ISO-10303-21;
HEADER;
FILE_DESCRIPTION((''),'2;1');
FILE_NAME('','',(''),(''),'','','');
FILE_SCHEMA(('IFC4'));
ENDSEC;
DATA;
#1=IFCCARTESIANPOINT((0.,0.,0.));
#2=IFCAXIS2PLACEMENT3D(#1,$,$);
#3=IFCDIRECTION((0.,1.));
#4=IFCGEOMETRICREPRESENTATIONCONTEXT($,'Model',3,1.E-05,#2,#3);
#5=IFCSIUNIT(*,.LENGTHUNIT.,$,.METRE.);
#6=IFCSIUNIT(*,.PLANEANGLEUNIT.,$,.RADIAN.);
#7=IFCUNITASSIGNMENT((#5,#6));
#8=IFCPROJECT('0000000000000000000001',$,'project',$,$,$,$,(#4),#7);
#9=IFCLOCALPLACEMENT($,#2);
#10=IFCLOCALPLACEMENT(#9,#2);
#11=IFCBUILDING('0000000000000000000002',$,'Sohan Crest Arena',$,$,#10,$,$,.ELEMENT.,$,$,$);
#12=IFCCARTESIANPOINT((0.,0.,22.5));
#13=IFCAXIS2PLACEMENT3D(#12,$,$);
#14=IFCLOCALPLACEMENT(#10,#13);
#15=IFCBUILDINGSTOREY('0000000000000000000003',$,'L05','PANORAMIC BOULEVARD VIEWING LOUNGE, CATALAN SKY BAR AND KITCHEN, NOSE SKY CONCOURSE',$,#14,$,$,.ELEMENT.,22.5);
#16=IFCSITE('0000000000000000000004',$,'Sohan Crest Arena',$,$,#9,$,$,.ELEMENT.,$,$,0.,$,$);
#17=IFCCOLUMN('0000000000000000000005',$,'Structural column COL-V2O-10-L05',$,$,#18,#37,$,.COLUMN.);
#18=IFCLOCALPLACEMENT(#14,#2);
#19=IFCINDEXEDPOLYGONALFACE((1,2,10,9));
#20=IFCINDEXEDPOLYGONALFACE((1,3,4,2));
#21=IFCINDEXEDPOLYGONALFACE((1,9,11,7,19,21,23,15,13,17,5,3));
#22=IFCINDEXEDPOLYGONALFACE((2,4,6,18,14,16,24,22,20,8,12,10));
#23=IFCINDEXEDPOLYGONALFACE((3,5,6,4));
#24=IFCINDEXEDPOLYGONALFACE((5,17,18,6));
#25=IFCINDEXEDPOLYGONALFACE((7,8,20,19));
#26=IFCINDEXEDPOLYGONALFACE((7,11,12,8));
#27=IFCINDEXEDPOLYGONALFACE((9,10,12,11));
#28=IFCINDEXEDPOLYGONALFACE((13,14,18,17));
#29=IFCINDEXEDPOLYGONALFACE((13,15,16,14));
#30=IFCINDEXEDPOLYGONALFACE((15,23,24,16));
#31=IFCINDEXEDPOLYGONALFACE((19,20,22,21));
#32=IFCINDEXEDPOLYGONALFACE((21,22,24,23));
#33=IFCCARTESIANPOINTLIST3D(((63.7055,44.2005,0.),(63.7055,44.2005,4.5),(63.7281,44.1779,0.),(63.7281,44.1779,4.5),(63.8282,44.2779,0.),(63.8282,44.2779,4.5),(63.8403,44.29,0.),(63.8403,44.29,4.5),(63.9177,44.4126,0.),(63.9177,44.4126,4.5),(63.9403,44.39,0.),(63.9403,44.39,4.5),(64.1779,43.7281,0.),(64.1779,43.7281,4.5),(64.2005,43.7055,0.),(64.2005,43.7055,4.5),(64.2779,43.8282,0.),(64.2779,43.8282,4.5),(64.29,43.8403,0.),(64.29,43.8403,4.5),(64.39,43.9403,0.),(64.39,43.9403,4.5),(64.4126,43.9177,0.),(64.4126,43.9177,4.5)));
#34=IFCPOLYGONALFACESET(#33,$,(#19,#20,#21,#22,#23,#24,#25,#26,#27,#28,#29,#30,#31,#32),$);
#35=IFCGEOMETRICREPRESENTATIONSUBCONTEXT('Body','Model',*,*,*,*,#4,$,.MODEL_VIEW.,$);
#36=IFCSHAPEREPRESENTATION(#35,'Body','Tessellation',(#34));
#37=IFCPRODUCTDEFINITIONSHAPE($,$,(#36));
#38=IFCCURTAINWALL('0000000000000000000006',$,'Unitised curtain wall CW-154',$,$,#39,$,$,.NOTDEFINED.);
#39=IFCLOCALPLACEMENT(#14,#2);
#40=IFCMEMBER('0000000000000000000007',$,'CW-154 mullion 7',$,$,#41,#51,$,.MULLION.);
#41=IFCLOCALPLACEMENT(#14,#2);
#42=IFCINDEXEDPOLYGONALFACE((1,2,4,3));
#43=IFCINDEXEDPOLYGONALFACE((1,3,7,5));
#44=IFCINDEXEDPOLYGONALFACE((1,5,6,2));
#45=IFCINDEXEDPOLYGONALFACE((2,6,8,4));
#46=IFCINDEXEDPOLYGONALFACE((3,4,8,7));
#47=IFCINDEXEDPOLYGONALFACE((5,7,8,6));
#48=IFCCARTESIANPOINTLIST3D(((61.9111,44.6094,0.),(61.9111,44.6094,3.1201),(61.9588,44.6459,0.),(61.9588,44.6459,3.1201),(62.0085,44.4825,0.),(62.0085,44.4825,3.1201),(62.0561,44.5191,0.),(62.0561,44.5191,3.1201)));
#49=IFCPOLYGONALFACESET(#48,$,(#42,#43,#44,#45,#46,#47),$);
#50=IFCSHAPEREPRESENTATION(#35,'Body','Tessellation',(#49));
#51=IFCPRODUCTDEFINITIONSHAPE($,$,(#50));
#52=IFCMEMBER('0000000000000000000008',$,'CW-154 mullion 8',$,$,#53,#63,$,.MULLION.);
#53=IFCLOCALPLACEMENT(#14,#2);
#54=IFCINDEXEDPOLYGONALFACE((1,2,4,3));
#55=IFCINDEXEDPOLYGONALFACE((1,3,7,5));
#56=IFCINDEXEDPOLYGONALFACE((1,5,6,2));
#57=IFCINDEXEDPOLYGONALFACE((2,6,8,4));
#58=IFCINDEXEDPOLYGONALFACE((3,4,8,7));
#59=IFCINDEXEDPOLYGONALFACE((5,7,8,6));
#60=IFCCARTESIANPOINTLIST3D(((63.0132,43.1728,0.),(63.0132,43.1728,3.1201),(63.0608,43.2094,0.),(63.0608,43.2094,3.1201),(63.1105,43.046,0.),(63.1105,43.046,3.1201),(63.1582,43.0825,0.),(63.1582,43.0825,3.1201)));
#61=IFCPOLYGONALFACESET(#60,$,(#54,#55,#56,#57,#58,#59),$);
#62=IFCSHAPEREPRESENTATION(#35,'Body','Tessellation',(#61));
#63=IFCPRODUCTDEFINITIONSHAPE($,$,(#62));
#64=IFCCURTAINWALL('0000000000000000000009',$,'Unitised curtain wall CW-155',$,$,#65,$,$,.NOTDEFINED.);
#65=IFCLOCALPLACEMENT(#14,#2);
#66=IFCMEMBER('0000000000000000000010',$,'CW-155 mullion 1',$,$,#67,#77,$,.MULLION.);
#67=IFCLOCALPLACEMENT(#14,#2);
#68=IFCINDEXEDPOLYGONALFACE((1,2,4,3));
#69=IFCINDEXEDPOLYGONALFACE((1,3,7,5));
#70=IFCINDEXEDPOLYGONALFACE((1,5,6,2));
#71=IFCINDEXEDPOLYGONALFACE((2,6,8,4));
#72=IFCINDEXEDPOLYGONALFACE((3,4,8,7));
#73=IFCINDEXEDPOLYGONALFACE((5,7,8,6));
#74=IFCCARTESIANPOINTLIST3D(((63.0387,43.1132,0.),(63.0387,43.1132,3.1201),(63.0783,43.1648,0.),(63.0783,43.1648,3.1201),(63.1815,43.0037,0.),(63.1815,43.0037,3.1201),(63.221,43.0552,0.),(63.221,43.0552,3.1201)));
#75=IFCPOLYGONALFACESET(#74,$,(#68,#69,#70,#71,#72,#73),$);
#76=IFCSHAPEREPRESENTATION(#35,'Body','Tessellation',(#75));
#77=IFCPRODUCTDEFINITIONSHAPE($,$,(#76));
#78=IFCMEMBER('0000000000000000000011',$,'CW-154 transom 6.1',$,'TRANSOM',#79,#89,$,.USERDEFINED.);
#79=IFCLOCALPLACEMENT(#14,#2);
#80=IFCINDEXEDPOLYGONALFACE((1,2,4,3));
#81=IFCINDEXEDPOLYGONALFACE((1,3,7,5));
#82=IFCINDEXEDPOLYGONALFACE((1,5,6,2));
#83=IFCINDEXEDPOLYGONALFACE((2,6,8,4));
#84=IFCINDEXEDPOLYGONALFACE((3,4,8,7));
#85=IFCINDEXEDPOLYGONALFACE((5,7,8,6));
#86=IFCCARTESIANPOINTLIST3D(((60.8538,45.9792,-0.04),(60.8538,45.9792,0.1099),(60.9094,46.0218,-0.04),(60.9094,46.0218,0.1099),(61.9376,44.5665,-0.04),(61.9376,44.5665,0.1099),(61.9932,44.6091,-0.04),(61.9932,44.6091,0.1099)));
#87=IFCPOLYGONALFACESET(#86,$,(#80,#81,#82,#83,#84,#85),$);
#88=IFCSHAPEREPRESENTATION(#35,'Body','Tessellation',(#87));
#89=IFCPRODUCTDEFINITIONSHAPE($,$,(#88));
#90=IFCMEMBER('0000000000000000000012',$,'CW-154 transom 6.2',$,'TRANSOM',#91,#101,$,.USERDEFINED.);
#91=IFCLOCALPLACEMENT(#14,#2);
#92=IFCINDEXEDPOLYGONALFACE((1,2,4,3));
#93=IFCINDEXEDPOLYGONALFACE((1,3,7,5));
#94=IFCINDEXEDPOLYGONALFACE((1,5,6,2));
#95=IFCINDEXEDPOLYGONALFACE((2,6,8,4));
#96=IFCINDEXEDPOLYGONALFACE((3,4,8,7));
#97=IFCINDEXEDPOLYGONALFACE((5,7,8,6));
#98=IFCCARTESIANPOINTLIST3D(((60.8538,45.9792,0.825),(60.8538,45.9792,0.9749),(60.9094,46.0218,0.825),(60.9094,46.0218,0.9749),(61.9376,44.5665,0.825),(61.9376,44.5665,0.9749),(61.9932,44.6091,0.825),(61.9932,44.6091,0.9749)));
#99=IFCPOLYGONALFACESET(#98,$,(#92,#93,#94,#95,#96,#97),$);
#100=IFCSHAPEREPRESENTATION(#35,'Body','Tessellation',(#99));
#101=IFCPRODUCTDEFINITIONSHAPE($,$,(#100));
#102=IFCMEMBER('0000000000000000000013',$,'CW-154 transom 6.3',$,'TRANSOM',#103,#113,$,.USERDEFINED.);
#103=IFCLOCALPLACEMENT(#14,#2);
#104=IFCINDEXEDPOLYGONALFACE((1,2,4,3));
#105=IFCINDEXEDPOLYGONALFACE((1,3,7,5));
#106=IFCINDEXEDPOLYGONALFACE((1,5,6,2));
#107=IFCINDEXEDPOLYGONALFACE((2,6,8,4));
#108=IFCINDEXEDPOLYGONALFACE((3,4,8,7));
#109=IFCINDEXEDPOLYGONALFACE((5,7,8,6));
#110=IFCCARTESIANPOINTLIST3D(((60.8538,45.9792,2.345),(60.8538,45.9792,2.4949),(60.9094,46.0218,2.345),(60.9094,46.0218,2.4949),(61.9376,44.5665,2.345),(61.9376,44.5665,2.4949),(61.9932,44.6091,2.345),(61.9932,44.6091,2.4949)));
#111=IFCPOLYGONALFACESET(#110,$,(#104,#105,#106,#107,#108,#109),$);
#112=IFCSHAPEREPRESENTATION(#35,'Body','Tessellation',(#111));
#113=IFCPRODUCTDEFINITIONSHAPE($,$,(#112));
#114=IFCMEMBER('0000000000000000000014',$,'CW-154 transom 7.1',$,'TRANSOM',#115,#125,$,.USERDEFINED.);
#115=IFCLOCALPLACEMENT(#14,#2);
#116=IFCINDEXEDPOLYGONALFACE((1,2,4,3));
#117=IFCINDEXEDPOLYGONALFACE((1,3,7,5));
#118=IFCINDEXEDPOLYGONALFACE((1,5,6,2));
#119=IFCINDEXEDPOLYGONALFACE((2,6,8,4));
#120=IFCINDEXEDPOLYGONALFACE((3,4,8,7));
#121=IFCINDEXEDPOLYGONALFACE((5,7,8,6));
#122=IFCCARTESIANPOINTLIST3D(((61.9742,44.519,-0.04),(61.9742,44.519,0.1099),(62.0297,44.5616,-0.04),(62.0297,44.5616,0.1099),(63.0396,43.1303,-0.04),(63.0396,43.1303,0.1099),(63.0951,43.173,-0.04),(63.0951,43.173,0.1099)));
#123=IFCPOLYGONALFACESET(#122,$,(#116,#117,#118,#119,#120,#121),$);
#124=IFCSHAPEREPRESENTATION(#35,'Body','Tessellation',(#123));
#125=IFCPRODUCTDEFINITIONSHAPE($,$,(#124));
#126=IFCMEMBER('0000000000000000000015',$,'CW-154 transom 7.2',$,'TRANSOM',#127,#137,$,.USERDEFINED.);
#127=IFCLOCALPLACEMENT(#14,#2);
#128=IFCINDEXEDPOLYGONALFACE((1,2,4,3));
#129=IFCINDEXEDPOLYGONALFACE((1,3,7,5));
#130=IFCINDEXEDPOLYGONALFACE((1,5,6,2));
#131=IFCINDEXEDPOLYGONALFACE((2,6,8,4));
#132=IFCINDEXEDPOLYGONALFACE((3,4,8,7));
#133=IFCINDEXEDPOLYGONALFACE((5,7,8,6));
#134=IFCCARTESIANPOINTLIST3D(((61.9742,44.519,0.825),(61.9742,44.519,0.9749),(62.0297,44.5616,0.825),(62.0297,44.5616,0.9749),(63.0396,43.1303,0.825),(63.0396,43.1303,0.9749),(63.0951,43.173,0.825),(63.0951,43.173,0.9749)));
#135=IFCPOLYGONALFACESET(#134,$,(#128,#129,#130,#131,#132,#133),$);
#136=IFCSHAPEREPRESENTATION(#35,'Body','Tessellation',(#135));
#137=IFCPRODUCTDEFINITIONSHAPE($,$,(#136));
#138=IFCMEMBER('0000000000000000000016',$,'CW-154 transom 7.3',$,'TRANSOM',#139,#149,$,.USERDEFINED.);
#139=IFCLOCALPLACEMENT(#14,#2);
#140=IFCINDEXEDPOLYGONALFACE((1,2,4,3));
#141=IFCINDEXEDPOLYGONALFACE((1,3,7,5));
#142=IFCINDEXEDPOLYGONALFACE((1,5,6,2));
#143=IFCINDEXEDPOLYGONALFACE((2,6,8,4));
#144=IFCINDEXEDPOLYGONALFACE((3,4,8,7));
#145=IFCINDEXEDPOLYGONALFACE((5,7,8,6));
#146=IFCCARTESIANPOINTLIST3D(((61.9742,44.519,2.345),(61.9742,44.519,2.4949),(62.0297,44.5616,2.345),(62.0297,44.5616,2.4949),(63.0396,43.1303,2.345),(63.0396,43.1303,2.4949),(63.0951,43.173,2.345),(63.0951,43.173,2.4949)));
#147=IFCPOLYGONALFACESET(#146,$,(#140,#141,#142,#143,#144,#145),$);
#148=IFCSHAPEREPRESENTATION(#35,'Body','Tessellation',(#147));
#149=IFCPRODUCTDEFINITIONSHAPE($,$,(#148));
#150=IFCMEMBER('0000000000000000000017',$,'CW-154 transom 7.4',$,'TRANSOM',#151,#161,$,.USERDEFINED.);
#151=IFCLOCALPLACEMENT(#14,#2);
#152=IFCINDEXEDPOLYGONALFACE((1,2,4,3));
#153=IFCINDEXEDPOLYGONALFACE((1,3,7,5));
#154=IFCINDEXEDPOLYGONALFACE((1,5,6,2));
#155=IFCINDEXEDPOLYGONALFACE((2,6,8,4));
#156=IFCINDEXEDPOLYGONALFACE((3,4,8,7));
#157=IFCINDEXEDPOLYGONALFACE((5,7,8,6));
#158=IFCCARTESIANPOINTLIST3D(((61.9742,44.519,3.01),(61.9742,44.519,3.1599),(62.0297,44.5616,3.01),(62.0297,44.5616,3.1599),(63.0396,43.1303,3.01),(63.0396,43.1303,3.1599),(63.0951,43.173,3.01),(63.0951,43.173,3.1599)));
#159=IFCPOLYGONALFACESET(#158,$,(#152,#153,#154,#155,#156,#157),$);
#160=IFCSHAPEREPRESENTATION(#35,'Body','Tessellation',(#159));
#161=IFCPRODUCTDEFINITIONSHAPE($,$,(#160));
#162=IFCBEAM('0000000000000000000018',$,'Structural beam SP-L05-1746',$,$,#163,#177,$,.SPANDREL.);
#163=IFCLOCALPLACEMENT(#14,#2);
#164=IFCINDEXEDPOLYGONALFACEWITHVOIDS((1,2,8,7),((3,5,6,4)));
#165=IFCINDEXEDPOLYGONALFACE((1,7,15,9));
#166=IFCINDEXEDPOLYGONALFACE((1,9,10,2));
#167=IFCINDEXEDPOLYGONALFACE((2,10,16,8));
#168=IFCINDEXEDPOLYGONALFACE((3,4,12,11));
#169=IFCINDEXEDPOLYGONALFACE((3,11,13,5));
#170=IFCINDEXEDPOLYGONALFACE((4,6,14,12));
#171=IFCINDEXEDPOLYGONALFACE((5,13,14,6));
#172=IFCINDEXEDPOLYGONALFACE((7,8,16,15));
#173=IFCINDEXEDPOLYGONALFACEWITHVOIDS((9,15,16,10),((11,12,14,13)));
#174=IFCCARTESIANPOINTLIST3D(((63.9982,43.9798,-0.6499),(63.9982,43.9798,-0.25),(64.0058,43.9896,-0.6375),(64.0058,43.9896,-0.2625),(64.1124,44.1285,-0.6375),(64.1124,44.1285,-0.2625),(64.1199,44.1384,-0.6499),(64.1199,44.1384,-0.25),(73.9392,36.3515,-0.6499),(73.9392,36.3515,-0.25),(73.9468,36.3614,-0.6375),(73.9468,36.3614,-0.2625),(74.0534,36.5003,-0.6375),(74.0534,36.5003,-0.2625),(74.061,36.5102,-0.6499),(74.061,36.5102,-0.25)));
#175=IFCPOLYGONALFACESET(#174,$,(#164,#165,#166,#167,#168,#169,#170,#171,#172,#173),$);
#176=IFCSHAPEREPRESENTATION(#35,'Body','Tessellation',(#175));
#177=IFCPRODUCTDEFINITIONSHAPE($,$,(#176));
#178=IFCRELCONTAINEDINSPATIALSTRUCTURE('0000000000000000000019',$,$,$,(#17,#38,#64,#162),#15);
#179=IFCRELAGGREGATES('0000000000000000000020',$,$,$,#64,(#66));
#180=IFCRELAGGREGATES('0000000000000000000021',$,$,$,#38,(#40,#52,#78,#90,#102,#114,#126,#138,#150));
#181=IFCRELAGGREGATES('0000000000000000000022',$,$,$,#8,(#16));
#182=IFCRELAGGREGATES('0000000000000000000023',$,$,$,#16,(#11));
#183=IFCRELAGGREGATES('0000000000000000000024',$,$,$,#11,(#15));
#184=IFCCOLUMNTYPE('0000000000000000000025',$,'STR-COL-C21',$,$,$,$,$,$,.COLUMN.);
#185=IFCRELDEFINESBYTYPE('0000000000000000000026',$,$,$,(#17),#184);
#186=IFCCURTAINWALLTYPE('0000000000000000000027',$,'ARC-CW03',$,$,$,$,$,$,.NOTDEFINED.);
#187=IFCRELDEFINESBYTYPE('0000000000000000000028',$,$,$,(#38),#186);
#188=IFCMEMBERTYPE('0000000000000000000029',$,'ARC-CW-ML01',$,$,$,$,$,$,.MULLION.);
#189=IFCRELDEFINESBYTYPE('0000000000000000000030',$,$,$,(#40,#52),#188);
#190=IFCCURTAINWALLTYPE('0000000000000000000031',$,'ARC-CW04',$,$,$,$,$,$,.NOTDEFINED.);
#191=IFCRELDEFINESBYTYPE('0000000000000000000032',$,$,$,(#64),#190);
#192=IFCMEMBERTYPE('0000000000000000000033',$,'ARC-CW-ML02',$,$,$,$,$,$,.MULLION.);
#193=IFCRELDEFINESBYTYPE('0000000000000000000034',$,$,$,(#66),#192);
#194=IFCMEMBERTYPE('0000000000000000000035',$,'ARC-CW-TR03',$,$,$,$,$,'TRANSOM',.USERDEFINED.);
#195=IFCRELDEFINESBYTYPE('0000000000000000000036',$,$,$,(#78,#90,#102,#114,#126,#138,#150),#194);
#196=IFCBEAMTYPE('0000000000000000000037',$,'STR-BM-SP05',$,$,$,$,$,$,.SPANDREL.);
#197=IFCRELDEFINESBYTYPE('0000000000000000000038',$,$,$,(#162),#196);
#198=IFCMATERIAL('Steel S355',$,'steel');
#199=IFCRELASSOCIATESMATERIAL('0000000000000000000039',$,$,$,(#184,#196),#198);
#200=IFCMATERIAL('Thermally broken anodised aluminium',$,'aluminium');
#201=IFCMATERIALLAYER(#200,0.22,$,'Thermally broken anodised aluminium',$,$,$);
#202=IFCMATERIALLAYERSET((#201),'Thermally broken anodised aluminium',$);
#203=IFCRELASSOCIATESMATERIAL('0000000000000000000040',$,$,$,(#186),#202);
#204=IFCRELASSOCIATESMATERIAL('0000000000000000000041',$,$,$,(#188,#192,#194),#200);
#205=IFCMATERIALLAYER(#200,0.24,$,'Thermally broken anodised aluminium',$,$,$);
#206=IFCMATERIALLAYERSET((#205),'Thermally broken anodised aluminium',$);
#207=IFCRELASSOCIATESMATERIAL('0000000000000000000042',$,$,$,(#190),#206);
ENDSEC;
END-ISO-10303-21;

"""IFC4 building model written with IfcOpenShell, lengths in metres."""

from ifc_helpers import new_model, si_unit, direction, frame, origin, origin_2d, place, context, subcontext, project, spatial, rectangle, hollow_rectangle, i_section, extrude, material, layer, layer_set, material_profile, profile_set, type_object, element, aggregate, save


model = new_model("IFC4")

# Units and contexts
model_context = context("Model", 3, precision=1e-05, world=origin(), true_north=direction((0.0, 1.0)))
body_context = subcontext(model_context, "Body", "Model", "MODEL_VIEW")
ifc_project = project(units=[si_unit("LENGTHUNIT", "METRE"), si_unit("PLANEANGLEUNIT", "RADIAN")], contexts=[model_context])

# Site, building, storey
site_placement = place(None, origin())
site = spatial("IfcSite", under=ifc_project, at=site_placement, Name="Sohan Crest Arena", CompositionType="ELEMENT", RefElevation=0.0)
building_placement = place(site_placement, origin())
building = spatial("IfcBuilding", under=site, at=building_placement, Name="Sohan Crest Arena", CompositionType="ELEMENT")
storey_placement = place(building_placement, frame((0.0, 0.0, 22.5)))
storey = spatial("IfcBuildingStorey", under=building, at=storey_placement, Name="L05", Description="PANORAMIC BOULEVARD VIEWING LOUNGE, CATALAN SKY BAR AND KITCHEN, NOSE SKY CONCOURSE", CompositionType="ELEMENT", Elevation=22.5)

# Column
ifc_material_1 = material(Name="Steel S355", Category="steel")
ifc_material_profile_1 = material_profile(ifc_material_1, i_section(OverallWidth=0.3, OverallDepth=0.7, WebThickness=0.0171, FlangeThickness=0.032, at=origin_2d()), Name="HEB 700")
ifc_profile_set_1 = profile_set([ifc_material_profile_1], Name="Steel S355")
column_type = type_object("IfcColumnType", Name="STR-COL-C21", PredefinedType="COLUMN", material=ifc_profile_set_1)
column_placement = place(storey_placement, frame((64.0591, 44.0591, 0.0), z_axis=(0.0, 0.0, 1.0), x_axis=(0.707107, 0.707107, 0.0)))
element("IfcColumn", 1, at=column_placement, inside=storey, type_object=column_type, Name="Structural column COL-V2O-10-L05", PredefinedType="COLUMN", context=body_context, shape_type="SweptSolid", body=[
    extrude(i_section(OverallWidth=0.3, OverallDepth=0.7, WebThickness=0.0171, FlangeThickness=0.032, at=origin_2d()), origin(), (0.0, 0.0, 1.0), 4.5),
])

# Curtain wall, members
ifc_material_2 = material(Name="Thermally broken anodised aluminium", Category="aluminium")
ifc_layer_1 = layer(ifc_material_2, 0.22, Name="Thermally broken anodised aluminium")
ifc_layer_set_1 = layer_set([ifc_layer_1], Name="Thermally broken anodised aluminium")
curtain_wall_type_1 = type_object("IfcCurtainWallType", Name="ARC-CW03", PredefinedType="NOTDEFINED", material=ifc_layer_set_1)
curtain_wall_1_placement = place(storey_placement, origin())
curtain_wall_1 = element("IfcCurtainWall", 2, at=curtain_wall_1_placement, inside=storey, type_object=curtain_wall_type_1, Name="Unitised curtain wall CW-154", PredefinedType="NOTDEFINED")
ifc_material_profile_2 = material_profile(ifc_material_2, rectangle(XDim=0.0601, YDim=0.1599, at=origin_2d()), Name="ALU-MULL 60x160")
ifc_profile_set_2 = profile_set([ifc_material_profile_2], Name="Thermally broken anodised aluminium")
member_type_1 = type_object("IfcMemberType", Name="ARC-CW-ML01", PredefinedType="MULLION", material=ifc_profile_set_2)
member_1_placement = place(storey_placement, frame((61.9836, 44.5642, 0.0), z_axis=(0.0, 0.0, 1.0), x_axis=(0.793385, 0.60872, 0.0)))
member_1 = element("IfcMember", 3, at=member_1_placement, type_object=member_type_1, Name="CW-154 mullion 7", PredefinedType="MULLION", context=body_context, shape_type="SweptSolid", body=[
    extrude(rectangle(XDim=0.0601, YDim=0.1599, at=origin_2d()), origin(), (0.0, 0.0, 1.0), 3.1201),
])
member_2_placement = place(storey_placement, frame((63.0857, 43.1277, 0.0), z_axis=(0.0, 0.0, 1.0), x_axis=(0.793385, 0.60872, 0.0)))
member_2 = element("IfcMember", 4, at=member_2_placement, type_object=member_type_1, Name="CW-154 mullion 8", PredefinedType="MULLION", context=body_context, shape_type="SweptSolid", body=[
    extrude(rectangle(XDim=0.0601, YDim=0.1599, at=origin_2d()), origin(), (0.0, 0.0, 1.0), 3.1201),
])

# Curtain wall, member
ifc_layer_2 = layer(ifc_material_2, 0.24, Name="Thermally broken anodised aluminium")
ifc_layer_set_2 = layer_set([ifc_layer_2], Name="Thermally broken anodised aluminium")
curtain_wall_type_2 = type_object("IfcCurtainWallType", Name="ARC-CW04", PredefinedType="NOTDEFINED", material=ifc_layer_set_2)
curtain_wall_2_placement = place(storey_placement, origin())
curtain_wall_2 = element("IfcCurtainWall", 5, at=curtain_wall_2_placement, inside=storey, type_object=curtain_wall_type_2, Name="Unitised curtain wall CW-155", PredefinedType="NOTDEFINED")
ifc_material_profile_3 = material_profile(ifc_material_2, rectangle(XDim=0.0649, YDim=0.1799, at=origin_2d()), Name="ALU-MULL 65x180")
ifc_profile_set_3 = profile_set([ifc_material_profile_3], Name="Thermally broken anodised aluminium")
member_type_2 = type_object("IfcMemberType", Name="ARC-CW-ML02", PredefinedType="MULLION", material=ifc_profile_set_3)
member_3_placement = place(storey_placement, frame((63.1299, 43.0842, 0.0), z_axis=(0.0, 0.0, 1.0), x_axis=(0.60872, 0.793385, 0.0)))
member_3 = element("IfcMember", 6, at=member_3_placement, type_object=member_type_2, Name="CW-155 mullion 1", PredefinedType="MULLION", context=body_context, shape_type="SweptSolid", body=[
    extrude(rectangle(XDim=0.0649, YDim=0.1799, at=origin_2d()), origin(), (0.0, 0.0, 1.0), 3.1201),
])
aggregate(curtain_wall_2, [member_3])

# Members
ifc_material_profile_4 = material_profile(ifc_material_2, rectangle(XDim=0.0701, YDim=0.1499, at=origin_2d()), Name="ALU-TRAN 70x150")
ifc_profile_set_4 = profile_set([ifc_material_profile_4], Name="Thermally broken anodised aluminium")
member_type_3 = type_object("IfcMemberType", Name="ARC-CW-TR03", ElementType="TRANSOM", PredefinedType="USERDEFINED", material=ifc_profile_set_4)
member_4_placement = place(storey_placement, frame((60.8816, 46.0005, 0.0349), z_axis=(0.608696, -0.793403, 0.0), x_axis=(0.793403, 0.608696, 0.0)))
member_4 = element("IfcMember", 7, at=member_4_placement, type_object=member_type_3, Name="CW-154 transom 6.1", ObjectType="TRANSOM", PredefinedType="USERDEFINED", context=body_context, shape_type="SweptSolid", body=[
    extrude(rectangle(XDim=0.0701, YDim=0.1499, at=origin_2d()), origin(), (0.0, 0.0, 1.0), 1.7805),
])
member_5_placement = place(storey_placement, frame((60.8816, 46.0005, 0.8999), z_axis=(0.608696, -0.793403, 0.0), x_axis=(0.793403, 0.608696, 0.0)))
member_5 = element("IfcMember", 8, at=member_5_placement, type_object=member_type_3, Name="CW-154 transom 6.2", ObjectType="TRANSOM", PredefinedType="USERDEFINED", context=body_context, shape_type="SweptSolid", body=[
    extrude(rectangle(XDim=0.0701, YDim=0.1499, at=origin_2d()), origin(), (0.0, 0.0, 1.0), 1.7805),
])
member_6_placement = place(storey_placement, frame((60.8816, 46.0005, 2.4199), z_axis=(0.608696, -0.793403, 0.0), x_axis=(0.793403, 0.608696, 0.0)))
member_6 = element("IfcMember", 9, at=member_6_placement, type_object=member_type_3, Name="CW-154 transom 6.3", ObjectType="TRANSOM", PredefinedType="USERDEFINED", context=body_context, shape_type="SweptSolid", body=[
    extrude(rectangle(XDim=0.0701, YDim=0.1499, at=origin_2d()), origin(), (0.0, 0.0, 1.0), 1.7805),
])
member_7_placement = place(storey_placement, frame((62.002, 44.5403, 0.0349), z_axis=(0.608713, -0.793391, 0.0), x_axis=(0.793391, 0.608713, 0.0)))
member_7 = element("IfcMember", 10, at=member_7_placement, type_object=member_type_3, Name="CW-154 transom 7.1", ObjectType="TRANSOM", PredefinedType="USERDEFINED", context=body_context, shape_type="SweptSolid", body=[
    extrude(rectangle(XDim=0.0701, YDim=0.1499, at=origin_2d()), origin(), (0.0, 0.0, 1.0), 1.7502),
])
member_8_placement = place(storey_placement, frame((62.002, 44.5403, 0.8999), z_axis=(0.608713, -0.793391, 0.0), x_axis=(0.793391, 0.608713, 0.0)))
member_8 = element("IfcMember", 11, at=member_8_placement, type_object=member_type_3, Name="CW-154 transom 7.2", ObjectType="TRANSOM", PredefinedType="USERDEFINED", context=body_context, shape_type="SweptSolid", body=[
    extrude(rectangle(XDim=0.0701, YDim=0.1499, at=origin_2d()), origin(), (0.0, 0.0, 1.0), 1.7502),
])
member_9_placement = place(storey_placement, frame((62.002, 44.5403, 2.4199), z_axis=(0.608713, -0.793391, 0.0), x_axis=(0.793391, 0.608713, 0.0)))
member_9 = element("IfcMember", 12, at=member_9_placement, type_object=member_type_3, Name="CW-154 transom 7.3", ObjectType="TRANSOM", PredefinedType="USERDEFINED", context=body_context, shape_type="SweptSolid", body=[
    extrude(rectangle(XDim=0.0701, YDim=0.1499, at=origin_2d()), origin(), (0.0, 0.0, 1.0), 1.7502),
])
member_10_placement = place(storey_placement, frame((62.002, 44.5403, 3.085), z_axis=(0.608713, -0.793391, 0.0), x_axis=(0.793391, 0.608713, 0.0)))
member_10 = element("IfcMember", 13, at=member_10_placement, type_object=member_type_3, Name="CW-154 transom 7.4", ObjectType="TRANSOM", PredefinedType="USERDEFINED", context=body_context, shape_type="SweptSolid", body=[
    extrude(rectangle(XDim=0.0701, YDim=0.1499, at=origin_2d()), origin(), (0.0, 0.0, 1.0), 1.7502),
])

# Beam
ifc_material_profile_5 = material_profile(ifc_material_1, hollow_rectangle(XDim=0.2, YDim=0.3999, WallThickness=0.0125, at=origin_2d()), Name="RHS 400x200x12.5")
ifc_profile_set_5 = profile_set([ifc_material_profile_5], Name="Steel S355")
beam_type = type_object("IfcBeamType", Name="STR-BM-SP05", PredefinedType="SPANDREL", material=ifc_profile_set_5)
beam_placement = place(storey_placement, frame((64.0591, 44.0591, -0.45), z_axis=(0.793344, -0.608773, 0.0), x_axis=(0.608773, 0.793344, 0.0)))
element("IfcBeam", 14, at=beam_placement, inside=storey, type_object=beam_type, Name="Structural beam SP-L05-1746", PredefinedType="SPANDREL", context=body_context, shape_type="SweptSolid", body=[
    extrude(hollow_rectangle(XDim=0.2, YDim=0.3999, WallThickness=0.0125, at=origin_2d()), origin(), (0.0, 0.0, 1.0), 12.5305),
])

aggregate(curtain_wall_1, [member_1, member_2, member_4, member_5, member_6, member_7, member_8, member_9, member_10])

save(model, "model.ifc")
